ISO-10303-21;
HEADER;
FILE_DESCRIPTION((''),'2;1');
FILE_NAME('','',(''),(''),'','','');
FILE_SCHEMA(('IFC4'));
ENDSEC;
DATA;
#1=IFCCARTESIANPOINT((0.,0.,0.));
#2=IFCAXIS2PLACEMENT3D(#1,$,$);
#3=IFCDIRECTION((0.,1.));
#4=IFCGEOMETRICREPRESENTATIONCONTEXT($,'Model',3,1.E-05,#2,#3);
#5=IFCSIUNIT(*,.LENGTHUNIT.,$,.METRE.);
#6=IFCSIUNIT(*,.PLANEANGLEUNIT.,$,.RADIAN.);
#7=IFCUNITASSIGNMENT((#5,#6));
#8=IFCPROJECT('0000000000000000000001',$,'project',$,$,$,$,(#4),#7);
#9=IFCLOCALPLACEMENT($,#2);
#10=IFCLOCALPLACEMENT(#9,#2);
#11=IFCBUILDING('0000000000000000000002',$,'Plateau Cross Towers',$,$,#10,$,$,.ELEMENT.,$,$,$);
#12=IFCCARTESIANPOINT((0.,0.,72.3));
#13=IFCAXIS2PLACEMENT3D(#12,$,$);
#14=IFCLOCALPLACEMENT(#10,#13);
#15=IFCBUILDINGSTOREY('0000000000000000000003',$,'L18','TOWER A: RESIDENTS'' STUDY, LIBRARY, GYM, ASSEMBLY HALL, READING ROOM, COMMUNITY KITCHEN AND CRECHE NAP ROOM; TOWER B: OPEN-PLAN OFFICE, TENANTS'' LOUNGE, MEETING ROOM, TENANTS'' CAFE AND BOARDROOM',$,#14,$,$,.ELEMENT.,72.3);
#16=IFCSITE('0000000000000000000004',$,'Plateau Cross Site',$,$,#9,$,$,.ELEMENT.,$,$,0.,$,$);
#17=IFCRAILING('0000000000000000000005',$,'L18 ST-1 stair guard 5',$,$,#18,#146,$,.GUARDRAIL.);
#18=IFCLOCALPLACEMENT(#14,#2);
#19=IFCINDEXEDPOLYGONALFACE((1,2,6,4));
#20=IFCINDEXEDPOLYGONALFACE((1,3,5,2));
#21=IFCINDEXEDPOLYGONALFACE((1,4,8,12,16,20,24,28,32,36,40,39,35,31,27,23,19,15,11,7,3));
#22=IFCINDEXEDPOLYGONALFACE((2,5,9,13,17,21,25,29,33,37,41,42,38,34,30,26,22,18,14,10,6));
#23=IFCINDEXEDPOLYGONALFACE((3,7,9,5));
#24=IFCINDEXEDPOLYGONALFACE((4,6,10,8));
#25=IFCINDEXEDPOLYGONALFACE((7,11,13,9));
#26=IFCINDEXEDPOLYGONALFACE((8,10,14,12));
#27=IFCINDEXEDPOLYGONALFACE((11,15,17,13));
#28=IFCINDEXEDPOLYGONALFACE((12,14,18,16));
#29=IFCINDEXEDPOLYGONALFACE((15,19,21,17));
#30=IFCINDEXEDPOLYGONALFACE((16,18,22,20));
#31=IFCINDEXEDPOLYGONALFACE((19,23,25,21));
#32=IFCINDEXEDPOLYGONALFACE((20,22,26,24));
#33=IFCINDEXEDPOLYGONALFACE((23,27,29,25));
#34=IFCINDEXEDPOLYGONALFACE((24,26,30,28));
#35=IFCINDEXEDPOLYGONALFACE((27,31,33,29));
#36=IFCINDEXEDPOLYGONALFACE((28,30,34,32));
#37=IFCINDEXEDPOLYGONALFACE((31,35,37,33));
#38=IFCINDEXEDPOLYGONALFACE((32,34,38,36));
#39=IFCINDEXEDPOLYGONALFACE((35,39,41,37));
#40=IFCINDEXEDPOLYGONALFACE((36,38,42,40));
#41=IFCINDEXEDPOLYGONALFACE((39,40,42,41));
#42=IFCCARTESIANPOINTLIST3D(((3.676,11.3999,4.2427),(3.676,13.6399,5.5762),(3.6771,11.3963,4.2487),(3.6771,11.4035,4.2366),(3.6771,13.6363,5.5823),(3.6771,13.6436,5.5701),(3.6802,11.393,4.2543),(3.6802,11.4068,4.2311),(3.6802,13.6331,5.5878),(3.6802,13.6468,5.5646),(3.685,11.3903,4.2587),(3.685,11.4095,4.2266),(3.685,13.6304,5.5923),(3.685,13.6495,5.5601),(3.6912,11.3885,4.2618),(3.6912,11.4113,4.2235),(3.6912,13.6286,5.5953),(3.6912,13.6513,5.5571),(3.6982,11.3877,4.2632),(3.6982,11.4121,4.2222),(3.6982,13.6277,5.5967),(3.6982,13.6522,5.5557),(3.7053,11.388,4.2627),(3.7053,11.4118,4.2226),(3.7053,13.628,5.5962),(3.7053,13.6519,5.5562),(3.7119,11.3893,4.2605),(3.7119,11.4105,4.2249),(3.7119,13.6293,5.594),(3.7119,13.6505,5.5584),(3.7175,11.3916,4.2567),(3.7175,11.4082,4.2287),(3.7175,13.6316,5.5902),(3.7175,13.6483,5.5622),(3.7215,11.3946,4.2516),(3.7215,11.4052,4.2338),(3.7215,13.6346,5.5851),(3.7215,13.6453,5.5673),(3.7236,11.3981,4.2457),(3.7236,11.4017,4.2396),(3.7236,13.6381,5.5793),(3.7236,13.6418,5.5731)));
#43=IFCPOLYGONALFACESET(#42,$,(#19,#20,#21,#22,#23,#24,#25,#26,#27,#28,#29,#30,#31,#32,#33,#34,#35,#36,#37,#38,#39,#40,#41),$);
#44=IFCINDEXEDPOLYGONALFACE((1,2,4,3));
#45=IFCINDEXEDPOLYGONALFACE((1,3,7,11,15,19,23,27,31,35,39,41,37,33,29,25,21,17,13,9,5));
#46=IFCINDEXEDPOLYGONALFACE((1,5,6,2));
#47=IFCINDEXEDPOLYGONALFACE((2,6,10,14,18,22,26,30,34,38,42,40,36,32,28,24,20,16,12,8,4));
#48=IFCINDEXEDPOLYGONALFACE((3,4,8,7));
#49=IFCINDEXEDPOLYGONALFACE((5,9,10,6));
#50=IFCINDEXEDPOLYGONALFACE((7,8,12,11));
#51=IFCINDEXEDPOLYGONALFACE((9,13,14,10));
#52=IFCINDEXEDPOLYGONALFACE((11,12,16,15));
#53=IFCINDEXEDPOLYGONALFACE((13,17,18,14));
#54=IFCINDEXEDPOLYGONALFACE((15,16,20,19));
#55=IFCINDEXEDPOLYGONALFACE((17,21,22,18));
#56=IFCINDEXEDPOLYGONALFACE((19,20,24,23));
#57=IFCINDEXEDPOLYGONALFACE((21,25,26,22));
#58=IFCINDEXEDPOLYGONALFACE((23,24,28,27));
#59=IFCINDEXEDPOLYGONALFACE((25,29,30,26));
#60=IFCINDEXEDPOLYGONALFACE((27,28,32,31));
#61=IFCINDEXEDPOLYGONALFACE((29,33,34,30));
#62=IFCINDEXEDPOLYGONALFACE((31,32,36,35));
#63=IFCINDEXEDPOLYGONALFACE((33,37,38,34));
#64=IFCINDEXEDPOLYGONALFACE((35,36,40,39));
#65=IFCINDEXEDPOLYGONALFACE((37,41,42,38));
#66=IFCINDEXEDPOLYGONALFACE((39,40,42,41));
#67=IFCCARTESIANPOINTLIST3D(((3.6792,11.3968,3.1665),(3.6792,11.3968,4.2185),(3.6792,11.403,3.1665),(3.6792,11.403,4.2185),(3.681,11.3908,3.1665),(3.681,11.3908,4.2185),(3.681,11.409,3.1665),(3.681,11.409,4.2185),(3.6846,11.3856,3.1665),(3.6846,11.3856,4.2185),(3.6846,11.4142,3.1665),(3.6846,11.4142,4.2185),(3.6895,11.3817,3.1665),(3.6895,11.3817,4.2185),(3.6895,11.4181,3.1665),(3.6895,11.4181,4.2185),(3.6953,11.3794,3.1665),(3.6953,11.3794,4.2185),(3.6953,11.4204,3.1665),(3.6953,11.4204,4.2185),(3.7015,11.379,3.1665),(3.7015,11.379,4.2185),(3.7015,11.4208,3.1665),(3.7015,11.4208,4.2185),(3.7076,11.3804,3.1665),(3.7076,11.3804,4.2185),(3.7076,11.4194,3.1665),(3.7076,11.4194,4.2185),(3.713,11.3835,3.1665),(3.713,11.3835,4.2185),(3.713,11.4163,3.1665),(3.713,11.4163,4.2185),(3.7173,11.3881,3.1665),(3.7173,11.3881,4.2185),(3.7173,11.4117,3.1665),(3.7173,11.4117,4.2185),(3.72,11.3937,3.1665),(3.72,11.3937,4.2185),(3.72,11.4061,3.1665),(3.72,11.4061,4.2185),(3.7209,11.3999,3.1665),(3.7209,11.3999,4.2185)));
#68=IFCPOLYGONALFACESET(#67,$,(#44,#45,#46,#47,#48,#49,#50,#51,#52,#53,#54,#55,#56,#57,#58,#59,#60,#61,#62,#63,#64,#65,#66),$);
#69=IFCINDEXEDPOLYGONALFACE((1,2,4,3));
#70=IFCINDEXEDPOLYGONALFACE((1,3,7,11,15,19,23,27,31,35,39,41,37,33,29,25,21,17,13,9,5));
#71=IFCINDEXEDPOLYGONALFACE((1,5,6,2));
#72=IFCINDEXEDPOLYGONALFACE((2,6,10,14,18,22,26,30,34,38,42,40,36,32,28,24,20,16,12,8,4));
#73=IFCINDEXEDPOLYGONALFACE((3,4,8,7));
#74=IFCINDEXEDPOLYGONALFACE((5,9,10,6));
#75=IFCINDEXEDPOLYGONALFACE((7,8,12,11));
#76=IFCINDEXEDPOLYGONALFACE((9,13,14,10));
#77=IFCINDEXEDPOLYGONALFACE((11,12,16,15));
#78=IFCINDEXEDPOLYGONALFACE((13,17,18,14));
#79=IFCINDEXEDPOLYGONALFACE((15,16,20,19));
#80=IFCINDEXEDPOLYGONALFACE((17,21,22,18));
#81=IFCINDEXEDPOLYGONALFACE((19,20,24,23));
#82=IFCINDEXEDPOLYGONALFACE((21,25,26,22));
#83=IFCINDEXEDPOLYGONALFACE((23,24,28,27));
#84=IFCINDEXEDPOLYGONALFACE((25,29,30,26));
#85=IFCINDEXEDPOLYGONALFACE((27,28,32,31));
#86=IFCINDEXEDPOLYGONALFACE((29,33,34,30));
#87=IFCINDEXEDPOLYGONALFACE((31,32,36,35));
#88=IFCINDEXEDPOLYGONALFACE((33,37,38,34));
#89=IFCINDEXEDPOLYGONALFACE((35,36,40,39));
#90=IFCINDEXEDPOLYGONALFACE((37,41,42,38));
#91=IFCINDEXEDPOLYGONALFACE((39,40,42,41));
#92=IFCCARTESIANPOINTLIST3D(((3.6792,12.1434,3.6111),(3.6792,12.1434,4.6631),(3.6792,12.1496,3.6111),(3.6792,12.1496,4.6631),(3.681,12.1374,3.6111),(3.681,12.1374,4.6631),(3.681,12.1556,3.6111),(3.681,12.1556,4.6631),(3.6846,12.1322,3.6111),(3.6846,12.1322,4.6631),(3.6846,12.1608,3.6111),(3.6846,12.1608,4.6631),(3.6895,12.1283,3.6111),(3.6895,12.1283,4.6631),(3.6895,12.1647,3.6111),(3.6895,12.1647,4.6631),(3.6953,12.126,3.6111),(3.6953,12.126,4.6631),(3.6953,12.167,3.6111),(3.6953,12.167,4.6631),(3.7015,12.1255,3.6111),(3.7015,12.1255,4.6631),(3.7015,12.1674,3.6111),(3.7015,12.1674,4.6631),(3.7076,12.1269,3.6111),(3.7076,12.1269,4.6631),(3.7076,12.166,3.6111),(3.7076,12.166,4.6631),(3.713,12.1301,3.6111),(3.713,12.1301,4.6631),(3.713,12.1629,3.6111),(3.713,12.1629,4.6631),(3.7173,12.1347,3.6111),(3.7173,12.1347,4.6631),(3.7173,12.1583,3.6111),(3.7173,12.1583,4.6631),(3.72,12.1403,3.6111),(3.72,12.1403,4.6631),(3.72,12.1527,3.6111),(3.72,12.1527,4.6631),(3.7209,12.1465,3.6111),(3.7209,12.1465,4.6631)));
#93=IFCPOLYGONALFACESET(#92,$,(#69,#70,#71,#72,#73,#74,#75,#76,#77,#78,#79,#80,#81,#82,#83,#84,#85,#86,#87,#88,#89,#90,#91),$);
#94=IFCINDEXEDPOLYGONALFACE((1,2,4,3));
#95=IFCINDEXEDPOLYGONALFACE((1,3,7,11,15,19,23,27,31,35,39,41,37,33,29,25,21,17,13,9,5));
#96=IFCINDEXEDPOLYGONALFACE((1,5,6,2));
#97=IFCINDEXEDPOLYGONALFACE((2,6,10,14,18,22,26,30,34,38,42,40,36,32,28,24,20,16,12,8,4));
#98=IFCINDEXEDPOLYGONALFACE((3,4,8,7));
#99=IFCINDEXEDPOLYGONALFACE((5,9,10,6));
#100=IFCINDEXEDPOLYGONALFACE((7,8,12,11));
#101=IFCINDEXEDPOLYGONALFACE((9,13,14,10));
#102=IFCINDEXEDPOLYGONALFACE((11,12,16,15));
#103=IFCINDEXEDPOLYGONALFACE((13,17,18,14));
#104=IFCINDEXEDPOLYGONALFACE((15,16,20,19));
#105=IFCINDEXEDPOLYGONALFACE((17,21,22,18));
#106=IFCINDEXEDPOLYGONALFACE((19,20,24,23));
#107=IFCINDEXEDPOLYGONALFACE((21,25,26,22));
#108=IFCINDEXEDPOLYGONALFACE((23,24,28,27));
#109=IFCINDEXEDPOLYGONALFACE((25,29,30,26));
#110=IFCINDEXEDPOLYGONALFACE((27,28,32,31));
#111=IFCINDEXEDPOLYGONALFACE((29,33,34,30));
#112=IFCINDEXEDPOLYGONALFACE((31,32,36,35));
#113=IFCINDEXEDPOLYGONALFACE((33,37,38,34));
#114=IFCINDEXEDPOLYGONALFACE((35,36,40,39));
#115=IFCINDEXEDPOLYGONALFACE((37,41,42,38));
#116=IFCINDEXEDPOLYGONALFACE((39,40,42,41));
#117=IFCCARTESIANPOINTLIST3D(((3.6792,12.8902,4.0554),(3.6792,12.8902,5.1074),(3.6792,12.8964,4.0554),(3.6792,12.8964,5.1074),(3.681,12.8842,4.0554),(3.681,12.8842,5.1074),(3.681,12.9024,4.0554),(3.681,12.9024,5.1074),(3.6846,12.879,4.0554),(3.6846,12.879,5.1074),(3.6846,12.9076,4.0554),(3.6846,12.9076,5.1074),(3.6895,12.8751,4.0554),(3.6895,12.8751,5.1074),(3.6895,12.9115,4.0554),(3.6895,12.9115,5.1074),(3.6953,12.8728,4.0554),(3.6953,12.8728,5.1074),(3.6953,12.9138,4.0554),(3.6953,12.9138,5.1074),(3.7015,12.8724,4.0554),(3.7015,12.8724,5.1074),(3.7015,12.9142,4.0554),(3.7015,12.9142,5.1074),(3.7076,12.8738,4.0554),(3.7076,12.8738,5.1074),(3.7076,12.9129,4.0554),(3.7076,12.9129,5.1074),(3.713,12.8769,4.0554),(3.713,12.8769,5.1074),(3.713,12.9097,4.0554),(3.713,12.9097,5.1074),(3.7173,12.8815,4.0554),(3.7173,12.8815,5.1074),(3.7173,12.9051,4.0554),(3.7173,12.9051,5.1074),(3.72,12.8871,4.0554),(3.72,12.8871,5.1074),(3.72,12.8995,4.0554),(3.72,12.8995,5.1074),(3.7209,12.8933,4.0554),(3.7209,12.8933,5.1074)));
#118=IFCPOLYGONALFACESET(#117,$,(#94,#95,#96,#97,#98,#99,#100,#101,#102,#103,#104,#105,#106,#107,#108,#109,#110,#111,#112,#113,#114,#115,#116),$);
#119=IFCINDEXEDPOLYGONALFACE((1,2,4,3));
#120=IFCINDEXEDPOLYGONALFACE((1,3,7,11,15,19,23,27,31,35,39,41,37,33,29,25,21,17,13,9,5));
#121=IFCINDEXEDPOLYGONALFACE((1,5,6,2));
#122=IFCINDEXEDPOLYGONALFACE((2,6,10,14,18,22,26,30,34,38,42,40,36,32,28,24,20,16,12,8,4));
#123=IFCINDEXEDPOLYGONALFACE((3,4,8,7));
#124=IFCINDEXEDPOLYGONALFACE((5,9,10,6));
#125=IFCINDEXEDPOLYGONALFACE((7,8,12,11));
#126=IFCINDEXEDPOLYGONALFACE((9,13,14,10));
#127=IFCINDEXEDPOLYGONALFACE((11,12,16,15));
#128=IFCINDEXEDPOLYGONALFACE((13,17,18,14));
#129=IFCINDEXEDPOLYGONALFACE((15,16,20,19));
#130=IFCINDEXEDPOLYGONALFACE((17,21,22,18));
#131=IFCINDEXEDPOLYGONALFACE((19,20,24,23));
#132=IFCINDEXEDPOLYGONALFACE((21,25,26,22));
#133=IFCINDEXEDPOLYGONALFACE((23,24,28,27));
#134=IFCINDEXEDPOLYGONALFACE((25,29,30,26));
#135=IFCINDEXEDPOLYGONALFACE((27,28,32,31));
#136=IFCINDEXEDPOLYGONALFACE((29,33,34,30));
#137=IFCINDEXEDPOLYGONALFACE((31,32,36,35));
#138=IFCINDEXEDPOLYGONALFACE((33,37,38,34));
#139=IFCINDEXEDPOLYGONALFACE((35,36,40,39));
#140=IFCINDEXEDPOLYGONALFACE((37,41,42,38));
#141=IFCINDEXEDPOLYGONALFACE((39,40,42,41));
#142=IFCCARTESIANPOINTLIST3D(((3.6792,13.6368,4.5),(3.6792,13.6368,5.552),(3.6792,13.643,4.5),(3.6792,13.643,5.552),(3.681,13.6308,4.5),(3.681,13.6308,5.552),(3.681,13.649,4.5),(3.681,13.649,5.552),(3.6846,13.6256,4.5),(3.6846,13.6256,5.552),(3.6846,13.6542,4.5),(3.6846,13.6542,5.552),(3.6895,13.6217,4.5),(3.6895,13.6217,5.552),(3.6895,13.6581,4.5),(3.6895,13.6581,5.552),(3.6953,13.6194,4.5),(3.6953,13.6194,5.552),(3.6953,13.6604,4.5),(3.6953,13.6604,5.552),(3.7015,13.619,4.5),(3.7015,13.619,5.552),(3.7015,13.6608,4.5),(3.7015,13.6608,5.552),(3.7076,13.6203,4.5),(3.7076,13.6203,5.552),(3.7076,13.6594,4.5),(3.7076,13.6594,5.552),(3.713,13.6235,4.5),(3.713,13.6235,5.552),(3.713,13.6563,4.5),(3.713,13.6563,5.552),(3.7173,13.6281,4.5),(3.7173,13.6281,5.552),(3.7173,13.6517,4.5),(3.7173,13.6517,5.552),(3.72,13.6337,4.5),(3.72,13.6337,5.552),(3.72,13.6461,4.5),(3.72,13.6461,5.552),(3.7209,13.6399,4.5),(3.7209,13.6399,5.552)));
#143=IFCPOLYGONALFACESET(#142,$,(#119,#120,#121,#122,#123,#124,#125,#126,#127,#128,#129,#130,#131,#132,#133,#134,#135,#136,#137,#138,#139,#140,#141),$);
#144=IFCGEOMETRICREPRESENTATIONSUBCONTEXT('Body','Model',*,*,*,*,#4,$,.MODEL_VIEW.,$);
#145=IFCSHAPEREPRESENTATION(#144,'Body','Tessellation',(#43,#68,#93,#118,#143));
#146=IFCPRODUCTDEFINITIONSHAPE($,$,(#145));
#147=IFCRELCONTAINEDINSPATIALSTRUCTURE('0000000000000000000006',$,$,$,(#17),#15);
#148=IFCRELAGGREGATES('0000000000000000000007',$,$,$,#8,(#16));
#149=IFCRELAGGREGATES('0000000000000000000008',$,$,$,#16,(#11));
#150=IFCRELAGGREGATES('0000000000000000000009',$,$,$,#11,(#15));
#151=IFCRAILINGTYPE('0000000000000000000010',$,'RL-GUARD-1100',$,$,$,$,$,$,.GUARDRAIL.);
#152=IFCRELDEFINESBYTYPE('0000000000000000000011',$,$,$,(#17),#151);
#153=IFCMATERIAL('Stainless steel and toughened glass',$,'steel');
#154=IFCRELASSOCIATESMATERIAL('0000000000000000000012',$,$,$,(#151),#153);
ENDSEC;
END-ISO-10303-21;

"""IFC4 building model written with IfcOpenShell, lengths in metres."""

from ifc_helpers import new_model, si_unit, direction, frame, origin, origin_2d, place, context, subcontext, project, spatial, circle, extrude, material, type_object, element, save


model = new_model("IFC4")

# Units and contexts
model_context = context("Model", 3, precision=1e-05, world=origin(), true_north=direction((0.0, 1.0)))
body_context = subcontext(model_context, "Body", "Model", "MODEL_VIEW")
ifc_project = project(units=[si_unit("LENGTHUNIT", "METRE"), si_unit("PLANEANGLEUNIT", "RADIAN")], contexts=[model_context])

# Site, building, storey
site_placement = place(None, origin())
site = spatial("IfcSite", under=ifc_project, at=site_placement, Name="Plateau Cross Site", CompositionType="ELEMENT", RefElevation=0.0)
building_placement = place(site_placement, origin())
building = spatial("IfcBuilding", under=site, at=building_placement, Name="Plateau Cross Towers", CompositionType="ELEMENT")
storey_placement = place(building_placement, frame((0.0, 0.0, 72.3)))
storey = spatial("IfcBuildingStorey", under=building, at=storey_placement, Name="L18", Description="TOWER A: RESIDENTS' STUDY, LIBRARY, GYM, ASSEMBLY HALL, READING ROOM, COMMUNITY KITCHEN AND CRECHE NAP ROOM; TOWER B: OPEN-PLAN OFFICE, TENANTS' LOUNGE, MEETING ROOM, TENANTS' CAFE AND BOARDROOM", CompositionType="ELEMENT", Elevation=72.3)

# Railing
ifc_material_1 = material(Name="Stainless steel and toughened glass", Category="steel")
railing_type = type_object("IfcRailingType", Name="RL-GUARD-1100", PredefinedType="GUARDRAIL", material=ifc_material_1)
railing_1_placement = place(storey_placement, frame((3.7, 11.3999, 3.1665)))
element("IfcRailing", 1, at=railing_1_placement, inside=storey, type_object=railing_type, Name="L18 ST-1 stair guard 5", PredefinedType="GUARDRAIL", context=body_context, shape_type="SweptSolid", body=[
    extrude(circle(Radius=0.0239, at=origin_2d()), frame((0.0, 0.0, 1.0762), z_axis=(0.0, 0.859264, 0.511532), x_axis=(-1.0, 0.0, 0.0)), (0.0, 0.0, 1.0), 2.6069),
    extrude(circle(Radius=0.021, at=origin_2d()), origin(), (0.0, 0.0, 1.0), 1.052),
    extrude(circle(Radius=0.021, at=origin_2d()), frame((0.0, 0.7466, 0.4446)), (0.0, 0.0, 1.0), 1.052),
    extrude(circle(Radius=0.021, at=origin_2d()), frame((0.0, 1.4934, 0.8889)), (0.0, 0.0, 1.0), 1.052),
    extrude(circle(Radius=0.021, at=origin_2d()), frame((0.0, 2.24, 1.3335)), (0.0, 0.0, 1.0), 1.052),
])

save(model, "model.ifc")
